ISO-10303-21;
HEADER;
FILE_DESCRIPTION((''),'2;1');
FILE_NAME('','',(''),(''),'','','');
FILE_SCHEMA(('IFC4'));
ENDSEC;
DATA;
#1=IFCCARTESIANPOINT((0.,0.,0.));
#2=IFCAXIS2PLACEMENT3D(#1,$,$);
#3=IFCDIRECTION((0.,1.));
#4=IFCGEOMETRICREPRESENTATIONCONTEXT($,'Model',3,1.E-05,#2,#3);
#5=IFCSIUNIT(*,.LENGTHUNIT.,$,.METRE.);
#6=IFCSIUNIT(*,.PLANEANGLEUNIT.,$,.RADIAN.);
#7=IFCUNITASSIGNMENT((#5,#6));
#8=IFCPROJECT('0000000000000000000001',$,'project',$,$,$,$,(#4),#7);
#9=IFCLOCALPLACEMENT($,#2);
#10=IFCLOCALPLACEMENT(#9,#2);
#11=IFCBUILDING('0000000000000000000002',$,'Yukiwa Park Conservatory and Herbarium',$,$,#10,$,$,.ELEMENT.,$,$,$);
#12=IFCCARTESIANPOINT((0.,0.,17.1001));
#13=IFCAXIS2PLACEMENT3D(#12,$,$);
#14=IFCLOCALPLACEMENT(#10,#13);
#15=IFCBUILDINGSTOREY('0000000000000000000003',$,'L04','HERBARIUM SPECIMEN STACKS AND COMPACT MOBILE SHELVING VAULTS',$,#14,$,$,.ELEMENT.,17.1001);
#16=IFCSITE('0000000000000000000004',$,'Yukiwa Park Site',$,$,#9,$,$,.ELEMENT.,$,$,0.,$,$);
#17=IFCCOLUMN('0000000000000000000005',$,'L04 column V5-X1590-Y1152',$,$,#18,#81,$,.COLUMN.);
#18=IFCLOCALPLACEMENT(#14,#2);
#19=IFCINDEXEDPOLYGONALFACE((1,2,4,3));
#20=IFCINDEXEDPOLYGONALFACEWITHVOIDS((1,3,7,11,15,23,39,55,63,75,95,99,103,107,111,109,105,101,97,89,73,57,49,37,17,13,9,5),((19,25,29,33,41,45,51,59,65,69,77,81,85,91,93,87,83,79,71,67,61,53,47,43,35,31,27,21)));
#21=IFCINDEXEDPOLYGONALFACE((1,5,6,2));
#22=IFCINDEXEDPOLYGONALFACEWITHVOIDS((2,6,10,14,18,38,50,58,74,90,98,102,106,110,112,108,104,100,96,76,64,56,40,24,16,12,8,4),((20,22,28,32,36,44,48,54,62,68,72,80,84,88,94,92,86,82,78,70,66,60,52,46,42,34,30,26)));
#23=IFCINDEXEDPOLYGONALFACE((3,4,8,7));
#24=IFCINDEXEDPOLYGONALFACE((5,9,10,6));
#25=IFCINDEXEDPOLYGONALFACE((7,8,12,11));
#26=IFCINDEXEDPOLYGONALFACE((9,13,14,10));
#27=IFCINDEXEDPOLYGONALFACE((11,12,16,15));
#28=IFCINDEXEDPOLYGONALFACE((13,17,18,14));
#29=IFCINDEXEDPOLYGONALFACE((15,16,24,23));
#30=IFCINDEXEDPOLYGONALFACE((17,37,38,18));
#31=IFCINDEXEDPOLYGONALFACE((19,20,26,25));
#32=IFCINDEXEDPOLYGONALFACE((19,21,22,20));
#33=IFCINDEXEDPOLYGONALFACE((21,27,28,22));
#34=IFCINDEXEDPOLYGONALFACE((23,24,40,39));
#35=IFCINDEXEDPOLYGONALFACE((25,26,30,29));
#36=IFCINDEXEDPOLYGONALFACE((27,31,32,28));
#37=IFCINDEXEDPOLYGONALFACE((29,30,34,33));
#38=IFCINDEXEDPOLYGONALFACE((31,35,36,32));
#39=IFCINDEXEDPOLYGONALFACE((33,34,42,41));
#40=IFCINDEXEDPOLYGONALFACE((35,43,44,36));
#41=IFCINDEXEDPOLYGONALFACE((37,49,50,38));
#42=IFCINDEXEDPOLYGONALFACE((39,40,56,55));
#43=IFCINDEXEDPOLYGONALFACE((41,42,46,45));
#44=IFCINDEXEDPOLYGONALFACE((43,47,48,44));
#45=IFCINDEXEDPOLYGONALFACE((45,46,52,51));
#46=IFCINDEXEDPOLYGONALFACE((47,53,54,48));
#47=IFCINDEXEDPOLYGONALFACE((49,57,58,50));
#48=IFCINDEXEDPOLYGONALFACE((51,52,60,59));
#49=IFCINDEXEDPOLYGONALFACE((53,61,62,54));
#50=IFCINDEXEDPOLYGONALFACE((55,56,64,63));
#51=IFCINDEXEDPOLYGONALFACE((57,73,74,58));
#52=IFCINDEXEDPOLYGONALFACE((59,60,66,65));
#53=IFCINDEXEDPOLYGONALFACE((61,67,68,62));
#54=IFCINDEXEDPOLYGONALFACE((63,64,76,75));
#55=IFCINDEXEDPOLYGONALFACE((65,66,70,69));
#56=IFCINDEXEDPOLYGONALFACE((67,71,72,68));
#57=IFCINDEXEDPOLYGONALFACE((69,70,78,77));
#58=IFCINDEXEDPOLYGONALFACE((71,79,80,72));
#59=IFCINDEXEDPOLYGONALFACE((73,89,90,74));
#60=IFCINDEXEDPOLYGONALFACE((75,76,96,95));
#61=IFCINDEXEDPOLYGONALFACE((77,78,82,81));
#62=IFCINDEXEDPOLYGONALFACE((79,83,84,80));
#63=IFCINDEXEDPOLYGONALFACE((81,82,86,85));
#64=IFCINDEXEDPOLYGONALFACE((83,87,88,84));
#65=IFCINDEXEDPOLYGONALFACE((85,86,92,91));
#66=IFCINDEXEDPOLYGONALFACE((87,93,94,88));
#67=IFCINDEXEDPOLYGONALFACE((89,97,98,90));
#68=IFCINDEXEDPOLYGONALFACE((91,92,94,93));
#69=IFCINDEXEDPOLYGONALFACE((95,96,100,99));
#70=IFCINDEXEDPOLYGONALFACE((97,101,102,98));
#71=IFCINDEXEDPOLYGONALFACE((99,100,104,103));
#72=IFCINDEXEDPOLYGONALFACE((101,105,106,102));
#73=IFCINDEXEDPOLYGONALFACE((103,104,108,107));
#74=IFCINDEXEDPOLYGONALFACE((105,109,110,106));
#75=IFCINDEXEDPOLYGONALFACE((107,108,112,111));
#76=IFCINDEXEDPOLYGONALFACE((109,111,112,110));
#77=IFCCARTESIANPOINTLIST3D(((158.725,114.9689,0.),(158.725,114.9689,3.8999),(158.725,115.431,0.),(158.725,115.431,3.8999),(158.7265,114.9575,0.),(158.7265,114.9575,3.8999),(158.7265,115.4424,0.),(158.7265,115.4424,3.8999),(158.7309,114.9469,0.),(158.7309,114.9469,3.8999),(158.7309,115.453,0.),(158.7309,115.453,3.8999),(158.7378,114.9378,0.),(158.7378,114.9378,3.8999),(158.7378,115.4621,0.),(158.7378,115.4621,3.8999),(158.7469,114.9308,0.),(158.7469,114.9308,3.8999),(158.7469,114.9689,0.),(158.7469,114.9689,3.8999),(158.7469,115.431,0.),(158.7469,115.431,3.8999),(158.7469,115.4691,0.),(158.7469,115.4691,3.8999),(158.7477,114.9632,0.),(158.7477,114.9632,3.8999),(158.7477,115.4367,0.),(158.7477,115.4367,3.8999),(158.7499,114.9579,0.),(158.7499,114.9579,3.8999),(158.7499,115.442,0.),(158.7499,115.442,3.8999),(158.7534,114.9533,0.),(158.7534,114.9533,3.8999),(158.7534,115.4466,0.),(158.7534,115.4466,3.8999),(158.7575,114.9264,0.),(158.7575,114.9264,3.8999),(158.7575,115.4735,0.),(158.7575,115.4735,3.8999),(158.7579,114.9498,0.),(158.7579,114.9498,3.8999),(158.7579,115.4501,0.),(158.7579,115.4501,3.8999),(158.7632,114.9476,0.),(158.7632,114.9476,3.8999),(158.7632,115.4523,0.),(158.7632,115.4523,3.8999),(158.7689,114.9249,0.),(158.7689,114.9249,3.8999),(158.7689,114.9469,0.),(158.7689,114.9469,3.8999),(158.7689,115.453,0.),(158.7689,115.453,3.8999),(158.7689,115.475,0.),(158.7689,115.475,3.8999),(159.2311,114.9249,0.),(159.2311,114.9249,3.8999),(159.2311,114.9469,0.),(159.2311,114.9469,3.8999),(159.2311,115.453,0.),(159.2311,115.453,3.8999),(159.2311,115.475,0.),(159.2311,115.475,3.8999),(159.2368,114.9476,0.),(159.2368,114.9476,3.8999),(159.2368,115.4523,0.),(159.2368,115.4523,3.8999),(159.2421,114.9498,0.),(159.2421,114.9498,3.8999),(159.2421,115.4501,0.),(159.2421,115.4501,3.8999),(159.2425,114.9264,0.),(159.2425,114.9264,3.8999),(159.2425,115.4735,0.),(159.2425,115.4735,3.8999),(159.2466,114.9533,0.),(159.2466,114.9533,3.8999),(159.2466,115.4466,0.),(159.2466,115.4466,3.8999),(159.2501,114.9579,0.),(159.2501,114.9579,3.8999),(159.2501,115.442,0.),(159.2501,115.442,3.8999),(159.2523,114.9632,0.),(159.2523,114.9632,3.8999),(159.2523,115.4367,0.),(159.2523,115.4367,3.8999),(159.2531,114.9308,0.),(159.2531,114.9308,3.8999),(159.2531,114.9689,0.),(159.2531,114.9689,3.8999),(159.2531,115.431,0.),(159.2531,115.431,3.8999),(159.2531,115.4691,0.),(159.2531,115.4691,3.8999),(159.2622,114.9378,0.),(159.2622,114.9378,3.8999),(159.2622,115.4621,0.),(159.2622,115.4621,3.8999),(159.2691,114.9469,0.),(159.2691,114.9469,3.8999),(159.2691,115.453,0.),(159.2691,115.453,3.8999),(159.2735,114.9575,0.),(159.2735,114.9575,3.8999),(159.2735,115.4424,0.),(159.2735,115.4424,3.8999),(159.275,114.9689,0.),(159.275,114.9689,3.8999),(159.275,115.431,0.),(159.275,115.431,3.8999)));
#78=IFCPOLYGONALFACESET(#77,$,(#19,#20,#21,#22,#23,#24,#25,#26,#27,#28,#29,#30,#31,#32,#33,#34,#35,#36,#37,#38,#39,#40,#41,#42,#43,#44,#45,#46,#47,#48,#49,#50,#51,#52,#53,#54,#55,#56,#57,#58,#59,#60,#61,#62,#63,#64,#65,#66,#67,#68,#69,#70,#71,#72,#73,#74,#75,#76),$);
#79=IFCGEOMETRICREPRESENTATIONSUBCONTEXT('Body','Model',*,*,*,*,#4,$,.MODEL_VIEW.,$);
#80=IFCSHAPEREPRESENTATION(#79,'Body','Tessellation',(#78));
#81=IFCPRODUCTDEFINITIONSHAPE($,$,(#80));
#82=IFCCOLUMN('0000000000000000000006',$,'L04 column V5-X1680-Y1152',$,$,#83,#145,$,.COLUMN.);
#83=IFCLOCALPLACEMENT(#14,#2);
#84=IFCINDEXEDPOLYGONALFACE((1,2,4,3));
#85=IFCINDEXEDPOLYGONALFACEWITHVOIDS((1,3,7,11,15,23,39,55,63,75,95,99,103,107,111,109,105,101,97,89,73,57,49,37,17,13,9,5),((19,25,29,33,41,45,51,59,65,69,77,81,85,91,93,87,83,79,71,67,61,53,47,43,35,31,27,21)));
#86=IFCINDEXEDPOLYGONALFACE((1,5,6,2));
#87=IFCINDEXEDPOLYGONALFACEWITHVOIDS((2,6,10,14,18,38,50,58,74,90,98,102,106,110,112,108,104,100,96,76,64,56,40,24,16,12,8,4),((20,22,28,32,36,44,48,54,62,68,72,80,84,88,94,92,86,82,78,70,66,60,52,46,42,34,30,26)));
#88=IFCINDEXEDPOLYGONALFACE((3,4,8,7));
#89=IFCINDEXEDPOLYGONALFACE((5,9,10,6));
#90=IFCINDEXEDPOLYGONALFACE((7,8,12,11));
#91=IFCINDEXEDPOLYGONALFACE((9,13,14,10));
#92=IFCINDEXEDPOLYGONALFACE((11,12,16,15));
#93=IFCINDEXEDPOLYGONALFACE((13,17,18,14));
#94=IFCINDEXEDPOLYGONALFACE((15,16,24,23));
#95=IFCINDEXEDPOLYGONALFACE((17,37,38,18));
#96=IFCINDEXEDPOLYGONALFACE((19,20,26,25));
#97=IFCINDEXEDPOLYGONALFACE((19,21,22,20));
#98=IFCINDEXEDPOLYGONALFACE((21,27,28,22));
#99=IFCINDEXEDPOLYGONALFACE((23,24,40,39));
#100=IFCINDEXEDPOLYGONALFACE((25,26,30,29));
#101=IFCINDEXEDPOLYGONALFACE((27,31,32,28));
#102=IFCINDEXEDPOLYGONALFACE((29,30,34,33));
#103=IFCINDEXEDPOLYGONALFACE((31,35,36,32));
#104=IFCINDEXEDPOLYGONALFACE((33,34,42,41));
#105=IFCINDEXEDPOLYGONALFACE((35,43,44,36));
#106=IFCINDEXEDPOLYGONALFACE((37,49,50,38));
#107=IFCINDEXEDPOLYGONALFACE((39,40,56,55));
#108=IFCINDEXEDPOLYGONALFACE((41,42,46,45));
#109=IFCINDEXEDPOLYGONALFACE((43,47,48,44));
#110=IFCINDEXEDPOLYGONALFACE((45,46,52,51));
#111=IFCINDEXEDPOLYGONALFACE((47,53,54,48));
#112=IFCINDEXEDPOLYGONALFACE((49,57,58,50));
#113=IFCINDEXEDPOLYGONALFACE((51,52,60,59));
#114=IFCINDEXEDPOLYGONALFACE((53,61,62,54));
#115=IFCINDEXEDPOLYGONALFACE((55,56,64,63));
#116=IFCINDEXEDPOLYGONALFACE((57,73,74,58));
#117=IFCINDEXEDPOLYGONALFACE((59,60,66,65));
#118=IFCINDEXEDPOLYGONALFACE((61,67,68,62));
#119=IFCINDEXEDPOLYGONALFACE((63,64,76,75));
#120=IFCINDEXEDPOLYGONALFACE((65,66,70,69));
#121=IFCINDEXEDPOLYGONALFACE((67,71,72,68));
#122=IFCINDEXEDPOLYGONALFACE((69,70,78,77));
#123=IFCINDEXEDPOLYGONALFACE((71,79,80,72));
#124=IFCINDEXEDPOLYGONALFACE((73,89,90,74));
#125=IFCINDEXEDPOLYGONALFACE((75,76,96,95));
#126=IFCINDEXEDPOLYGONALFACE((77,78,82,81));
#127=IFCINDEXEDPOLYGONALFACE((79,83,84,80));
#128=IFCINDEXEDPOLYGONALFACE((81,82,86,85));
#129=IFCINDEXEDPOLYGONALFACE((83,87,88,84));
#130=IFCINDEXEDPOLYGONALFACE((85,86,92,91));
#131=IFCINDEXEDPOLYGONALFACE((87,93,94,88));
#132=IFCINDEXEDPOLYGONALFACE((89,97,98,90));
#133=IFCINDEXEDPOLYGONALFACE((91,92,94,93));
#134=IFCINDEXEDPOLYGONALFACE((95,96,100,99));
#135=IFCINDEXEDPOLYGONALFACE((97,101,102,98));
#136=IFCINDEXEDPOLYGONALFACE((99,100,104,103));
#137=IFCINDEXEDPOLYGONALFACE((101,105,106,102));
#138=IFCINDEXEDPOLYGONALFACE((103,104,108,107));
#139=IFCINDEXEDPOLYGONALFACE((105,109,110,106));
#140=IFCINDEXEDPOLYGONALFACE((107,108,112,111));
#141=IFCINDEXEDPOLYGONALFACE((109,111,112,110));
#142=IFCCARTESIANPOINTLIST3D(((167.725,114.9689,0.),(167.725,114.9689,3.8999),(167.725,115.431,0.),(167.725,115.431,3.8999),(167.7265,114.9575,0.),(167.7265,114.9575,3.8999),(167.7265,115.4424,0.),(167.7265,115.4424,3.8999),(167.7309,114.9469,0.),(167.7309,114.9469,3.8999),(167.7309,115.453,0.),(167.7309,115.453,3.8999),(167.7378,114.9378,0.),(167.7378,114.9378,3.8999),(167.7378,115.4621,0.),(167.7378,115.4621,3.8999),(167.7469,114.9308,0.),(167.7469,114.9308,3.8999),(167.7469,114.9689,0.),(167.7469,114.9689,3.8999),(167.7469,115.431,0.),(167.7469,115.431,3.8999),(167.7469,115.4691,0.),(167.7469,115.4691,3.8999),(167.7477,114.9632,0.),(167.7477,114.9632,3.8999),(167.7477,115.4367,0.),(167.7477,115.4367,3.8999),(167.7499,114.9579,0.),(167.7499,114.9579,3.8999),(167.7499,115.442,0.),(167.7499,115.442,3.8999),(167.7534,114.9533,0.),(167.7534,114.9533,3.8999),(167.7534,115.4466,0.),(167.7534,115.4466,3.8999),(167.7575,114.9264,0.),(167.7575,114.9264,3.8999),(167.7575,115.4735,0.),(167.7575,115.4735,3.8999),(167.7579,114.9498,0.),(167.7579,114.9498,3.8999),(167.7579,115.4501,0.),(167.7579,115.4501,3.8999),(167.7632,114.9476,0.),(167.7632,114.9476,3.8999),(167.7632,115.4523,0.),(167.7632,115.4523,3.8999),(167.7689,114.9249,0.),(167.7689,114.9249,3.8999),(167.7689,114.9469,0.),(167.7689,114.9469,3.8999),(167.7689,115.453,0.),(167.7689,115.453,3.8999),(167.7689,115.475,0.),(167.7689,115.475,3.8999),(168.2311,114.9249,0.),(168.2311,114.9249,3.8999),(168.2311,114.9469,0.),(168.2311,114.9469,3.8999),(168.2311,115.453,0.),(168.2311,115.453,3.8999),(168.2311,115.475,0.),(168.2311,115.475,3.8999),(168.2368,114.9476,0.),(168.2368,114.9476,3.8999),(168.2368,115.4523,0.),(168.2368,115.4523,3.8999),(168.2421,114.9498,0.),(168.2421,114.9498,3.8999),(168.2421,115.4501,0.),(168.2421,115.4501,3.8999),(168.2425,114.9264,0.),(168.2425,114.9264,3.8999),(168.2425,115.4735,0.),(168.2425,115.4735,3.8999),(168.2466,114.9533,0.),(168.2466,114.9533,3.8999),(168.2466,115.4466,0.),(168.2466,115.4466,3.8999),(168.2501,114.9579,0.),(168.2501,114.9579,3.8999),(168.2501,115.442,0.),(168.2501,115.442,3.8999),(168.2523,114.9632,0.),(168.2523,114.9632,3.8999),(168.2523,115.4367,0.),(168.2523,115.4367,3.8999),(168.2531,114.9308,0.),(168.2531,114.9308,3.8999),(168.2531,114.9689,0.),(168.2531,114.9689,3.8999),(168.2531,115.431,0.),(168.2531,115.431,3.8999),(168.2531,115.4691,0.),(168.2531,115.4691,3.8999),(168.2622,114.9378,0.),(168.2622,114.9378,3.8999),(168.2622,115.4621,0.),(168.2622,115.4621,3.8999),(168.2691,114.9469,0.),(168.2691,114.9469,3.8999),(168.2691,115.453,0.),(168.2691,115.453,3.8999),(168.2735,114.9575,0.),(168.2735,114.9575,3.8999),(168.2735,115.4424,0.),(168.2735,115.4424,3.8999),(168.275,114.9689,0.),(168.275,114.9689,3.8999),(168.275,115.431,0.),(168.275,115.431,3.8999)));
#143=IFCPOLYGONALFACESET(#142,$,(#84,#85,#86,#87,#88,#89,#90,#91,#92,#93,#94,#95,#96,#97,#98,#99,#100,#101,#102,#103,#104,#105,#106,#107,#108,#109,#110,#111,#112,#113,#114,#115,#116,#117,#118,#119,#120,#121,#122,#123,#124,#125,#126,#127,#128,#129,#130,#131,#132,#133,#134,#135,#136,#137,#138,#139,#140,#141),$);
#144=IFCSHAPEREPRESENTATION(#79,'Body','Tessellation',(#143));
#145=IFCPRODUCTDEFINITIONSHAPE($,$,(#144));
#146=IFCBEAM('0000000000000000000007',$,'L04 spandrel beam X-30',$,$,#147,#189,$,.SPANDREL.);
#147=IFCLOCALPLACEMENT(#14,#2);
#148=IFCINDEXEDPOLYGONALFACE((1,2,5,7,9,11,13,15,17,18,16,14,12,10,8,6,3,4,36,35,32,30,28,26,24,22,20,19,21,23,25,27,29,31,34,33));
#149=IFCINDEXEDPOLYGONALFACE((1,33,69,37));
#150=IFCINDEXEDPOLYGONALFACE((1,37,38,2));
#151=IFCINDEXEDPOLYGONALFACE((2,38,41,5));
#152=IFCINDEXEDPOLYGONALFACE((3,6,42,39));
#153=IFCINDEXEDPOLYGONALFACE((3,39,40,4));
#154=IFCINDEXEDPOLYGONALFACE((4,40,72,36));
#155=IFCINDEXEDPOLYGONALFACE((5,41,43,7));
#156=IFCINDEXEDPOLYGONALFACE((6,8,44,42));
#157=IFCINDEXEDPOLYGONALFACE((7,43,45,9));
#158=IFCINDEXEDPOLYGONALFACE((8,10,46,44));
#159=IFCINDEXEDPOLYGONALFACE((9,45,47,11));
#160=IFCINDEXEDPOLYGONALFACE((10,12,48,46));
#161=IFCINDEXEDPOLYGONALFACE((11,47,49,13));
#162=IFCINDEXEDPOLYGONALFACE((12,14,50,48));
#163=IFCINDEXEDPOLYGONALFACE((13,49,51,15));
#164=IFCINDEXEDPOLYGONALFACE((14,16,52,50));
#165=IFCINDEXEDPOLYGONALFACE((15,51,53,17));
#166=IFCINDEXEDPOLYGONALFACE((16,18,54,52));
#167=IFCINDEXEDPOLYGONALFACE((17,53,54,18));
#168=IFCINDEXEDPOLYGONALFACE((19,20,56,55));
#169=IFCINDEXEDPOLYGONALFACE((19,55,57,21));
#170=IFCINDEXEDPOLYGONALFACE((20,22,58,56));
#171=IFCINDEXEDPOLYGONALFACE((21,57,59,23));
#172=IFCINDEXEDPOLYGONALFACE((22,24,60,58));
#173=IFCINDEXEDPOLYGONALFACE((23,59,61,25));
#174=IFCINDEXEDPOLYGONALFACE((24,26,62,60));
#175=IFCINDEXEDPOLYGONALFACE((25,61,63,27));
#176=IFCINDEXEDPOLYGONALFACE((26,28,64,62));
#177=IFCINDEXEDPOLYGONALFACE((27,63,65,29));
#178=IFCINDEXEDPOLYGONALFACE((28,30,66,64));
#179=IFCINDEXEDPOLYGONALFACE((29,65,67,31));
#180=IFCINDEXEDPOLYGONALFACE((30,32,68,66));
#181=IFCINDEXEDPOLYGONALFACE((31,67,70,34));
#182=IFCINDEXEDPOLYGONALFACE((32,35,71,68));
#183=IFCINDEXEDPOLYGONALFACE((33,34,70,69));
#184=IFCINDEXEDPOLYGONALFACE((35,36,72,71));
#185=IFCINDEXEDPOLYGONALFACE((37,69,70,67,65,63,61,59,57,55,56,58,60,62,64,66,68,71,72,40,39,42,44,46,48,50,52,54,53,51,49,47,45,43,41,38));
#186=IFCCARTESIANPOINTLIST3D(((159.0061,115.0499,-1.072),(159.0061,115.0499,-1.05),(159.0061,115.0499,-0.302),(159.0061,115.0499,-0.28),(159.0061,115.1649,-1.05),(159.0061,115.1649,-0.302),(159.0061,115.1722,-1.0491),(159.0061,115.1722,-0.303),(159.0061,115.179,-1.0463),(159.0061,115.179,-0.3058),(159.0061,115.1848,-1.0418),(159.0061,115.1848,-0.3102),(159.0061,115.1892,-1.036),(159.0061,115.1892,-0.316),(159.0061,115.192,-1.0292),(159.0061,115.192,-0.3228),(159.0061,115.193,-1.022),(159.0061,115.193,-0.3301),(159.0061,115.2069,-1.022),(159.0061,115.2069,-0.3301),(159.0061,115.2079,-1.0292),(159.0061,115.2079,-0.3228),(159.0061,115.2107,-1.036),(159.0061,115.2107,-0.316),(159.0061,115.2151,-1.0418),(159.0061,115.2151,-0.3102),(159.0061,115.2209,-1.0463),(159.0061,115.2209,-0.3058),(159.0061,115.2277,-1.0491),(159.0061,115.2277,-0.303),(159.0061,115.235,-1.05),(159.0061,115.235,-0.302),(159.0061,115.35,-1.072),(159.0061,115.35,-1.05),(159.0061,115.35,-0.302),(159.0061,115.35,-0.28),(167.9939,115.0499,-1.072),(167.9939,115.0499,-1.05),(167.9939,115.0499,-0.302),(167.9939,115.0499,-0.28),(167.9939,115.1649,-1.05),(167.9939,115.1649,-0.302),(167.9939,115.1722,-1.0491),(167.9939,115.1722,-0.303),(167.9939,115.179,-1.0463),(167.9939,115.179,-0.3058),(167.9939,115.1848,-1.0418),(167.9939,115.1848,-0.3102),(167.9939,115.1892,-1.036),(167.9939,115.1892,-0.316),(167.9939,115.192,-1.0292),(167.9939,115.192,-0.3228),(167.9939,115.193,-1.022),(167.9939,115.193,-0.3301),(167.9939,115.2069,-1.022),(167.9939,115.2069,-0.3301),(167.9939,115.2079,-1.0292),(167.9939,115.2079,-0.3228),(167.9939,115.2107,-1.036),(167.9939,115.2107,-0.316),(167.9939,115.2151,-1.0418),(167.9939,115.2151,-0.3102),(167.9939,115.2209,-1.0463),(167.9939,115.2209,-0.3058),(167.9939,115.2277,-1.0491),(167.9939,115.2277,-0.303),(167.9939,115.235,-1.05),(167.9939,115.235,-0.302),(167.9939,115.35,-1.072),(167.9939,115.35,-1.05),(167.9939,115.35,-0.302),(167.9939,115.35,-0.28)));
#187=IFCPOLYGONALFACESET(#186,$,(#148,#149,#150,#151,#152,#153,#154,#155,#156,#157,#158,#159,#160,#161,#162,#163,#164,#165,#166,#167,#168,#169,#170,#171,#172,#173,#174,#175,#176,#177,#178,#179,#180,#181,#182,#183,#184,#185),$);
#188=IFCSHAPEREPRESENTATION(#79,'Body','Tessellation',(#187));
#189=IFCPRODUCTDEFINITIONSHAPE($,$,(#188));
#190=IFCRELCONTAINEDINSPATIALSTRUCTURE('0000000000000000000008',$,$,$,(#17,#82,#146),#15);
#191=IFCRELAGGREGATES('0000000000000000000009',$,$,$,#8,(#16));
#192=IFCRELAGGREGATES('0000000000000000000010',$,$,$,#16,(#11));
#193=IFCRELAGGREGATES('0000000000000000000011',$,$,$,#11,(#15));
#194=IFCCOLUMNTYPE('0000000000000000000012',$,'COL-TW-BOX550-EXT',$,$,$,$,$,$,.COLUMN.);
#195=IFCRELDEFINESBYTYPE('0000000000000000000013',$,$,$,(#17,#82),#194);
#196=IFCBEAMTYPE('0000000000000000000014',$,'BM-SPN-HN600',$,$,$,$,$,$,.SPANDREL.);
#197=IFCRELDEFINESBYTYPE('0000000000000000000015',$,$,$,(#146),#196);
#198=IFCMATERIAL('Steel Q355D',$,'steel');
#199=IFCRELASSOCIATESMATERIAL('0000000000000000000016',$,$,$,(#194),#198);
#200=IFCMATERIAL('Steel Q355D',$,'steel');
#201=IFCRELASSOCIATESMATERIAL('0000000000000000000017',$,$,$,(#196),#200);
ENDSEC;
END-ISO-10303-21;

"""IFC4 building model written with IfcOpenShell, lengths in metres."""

from ifc_helpers import new_model, si_unit, direction, frame, origin, origin_2d, place, context, subcontext, project, spatial, hollow_rectangle, i_section, extrude, material, material_profile, profile_set, type_object, element, save


model = new_model("IFC4")

# Units and contexts
model_context = context("Model", 3, precision=1e-05, world=origin(), true_north=direction((0.0, 1.0)))
body_context = subcontext(model_context, "Body", "Model", "MODEL_VIEW")
ifc_project = project(units=[si_unit("LENGTHUNIT", "METRE"), si_unit("PLANEANGLEUNIT", "RADIAN")], contexts=[model_context])

# Site, building, storey
site_placement = place(None, origin())
site = spatial("IfcSite", under=ifc_project, at=site_placement, Name="Yukiwa Park Site", CompositionType="ELEMENT", RefElevation=0.0)
building_placement = place(site_placement, origin())
building = spatial("IfcBuilding", under=site, at=building_placement, Name="Yukiwa Park Conservatory and Herbarium", CompositionType="ELEMENT")
storey_placement = place(building_placement, frame((0.0, 0.0, 17.1001)))
storey = spatial("IfcBuildingStorey", under=building, at=storey_placement, Name="L04", Description="HERBARIUM SPECIMEN STACKS AND COMPACT MOBILE SHELVING VAULTS", CompositionType="ELEMENT", Elevation=17.1001)

# Columns
ifc_material_1 = material(Name="Steel Q355D", Category="steel")
ifc_material_profile_1 = material_profile(ifc_material_1, hollow_rectangle(XDim=0.55, YDim=0.55, WallThickness=0.022, InnerFilletRadius=0.022, OuterFilletRadius=0.0439, at=origin_2d()), Name="BOX 550x550x22")
ifc_profile_set_1 = profile_set([ifc_material_profile_1], Name="Steel Q355D")
column_type = type_object("IfcColumnType", Name="COL-TW-BOX550-EXT", PredefinedType="COLUMN", material=ifc_profile_set_1)
for number, where, z_axis, x_axis, name in (
    (1, (159.0, 115.2, 0.0), (0.0, 0.0, 1.0), (1.0, 0.0, 0.0), "L04 column V5-X1590-Y1152"),
    (2, (168.0, 115.2, 0.0), (0.0, 0.0, 1.0), (1.0, 0.0, 0.0), "L04 column V5-X1680-Y1152"),
):
    element("IfcColumn", number, at=place(storey_placement, frame(where, z_axis=z_axis, x_axis=x_axis)), inside=storey, type_object=column_type, Name=name, PredefinedType="COLUMN", context=body_context, shape_type="SweptSolid", body=[
        extrude(hollow_rectangle(XDim=0.55, YDim=0.55, WallThickness=0.022, InnerFilletRadius=0.022, OuterFilletRadius=0.0439, at=origin_2d()), origin(), (0.0, 0.0, 1.0), 3.8999),
    ])

# Beam
ifc_material_2 = material(Name="Steel Q355D", Category="steel")
ifc_material_profile_2 = material_profile(ifc_material_2, i_section(OverallWidth=0.3, OverallDepth=0.792, WebThickness=0.0139, FlangeThickness=0.022, FilletRadius=0.0281, at=origin_2d()), Name="HN 792x300x14x22")
ifc_profile_set_2 = profile_set([ifc_material_profile_2], Name="Steel Q355D")
beam_type_1 = type_object("IfcBeamType", Name="BM-SPN-HN600", PredefinedType="SPANDREL", material=ifc_profile_set_2)
beam_1_placement = place(storey_placement, frame((159.0061, 115.2, -0.676), z_axis=(1.0, 0.0, 0.0), x_axis=(0.0, 1.0, 0.0)))
element("IfcBeam", 3, at=beam_1_placement, inside=storey, type_object=beam_type_1, Name="L04 spandrel beam X-30", PredefinedType="SPANDREL", context=body_context, shape_type="SweptSolid", body=[
    extrude(i_section(OverallWidth=0.3, OverallDepth=0.792, WebThickness=0.0139, FlangeThickness=0.022, FilletRadius=0.0281, at=origin_2d()), origin(), (0.0, 0.0, 1.0), 8.9878),
])

save(model, "model.ifc")
